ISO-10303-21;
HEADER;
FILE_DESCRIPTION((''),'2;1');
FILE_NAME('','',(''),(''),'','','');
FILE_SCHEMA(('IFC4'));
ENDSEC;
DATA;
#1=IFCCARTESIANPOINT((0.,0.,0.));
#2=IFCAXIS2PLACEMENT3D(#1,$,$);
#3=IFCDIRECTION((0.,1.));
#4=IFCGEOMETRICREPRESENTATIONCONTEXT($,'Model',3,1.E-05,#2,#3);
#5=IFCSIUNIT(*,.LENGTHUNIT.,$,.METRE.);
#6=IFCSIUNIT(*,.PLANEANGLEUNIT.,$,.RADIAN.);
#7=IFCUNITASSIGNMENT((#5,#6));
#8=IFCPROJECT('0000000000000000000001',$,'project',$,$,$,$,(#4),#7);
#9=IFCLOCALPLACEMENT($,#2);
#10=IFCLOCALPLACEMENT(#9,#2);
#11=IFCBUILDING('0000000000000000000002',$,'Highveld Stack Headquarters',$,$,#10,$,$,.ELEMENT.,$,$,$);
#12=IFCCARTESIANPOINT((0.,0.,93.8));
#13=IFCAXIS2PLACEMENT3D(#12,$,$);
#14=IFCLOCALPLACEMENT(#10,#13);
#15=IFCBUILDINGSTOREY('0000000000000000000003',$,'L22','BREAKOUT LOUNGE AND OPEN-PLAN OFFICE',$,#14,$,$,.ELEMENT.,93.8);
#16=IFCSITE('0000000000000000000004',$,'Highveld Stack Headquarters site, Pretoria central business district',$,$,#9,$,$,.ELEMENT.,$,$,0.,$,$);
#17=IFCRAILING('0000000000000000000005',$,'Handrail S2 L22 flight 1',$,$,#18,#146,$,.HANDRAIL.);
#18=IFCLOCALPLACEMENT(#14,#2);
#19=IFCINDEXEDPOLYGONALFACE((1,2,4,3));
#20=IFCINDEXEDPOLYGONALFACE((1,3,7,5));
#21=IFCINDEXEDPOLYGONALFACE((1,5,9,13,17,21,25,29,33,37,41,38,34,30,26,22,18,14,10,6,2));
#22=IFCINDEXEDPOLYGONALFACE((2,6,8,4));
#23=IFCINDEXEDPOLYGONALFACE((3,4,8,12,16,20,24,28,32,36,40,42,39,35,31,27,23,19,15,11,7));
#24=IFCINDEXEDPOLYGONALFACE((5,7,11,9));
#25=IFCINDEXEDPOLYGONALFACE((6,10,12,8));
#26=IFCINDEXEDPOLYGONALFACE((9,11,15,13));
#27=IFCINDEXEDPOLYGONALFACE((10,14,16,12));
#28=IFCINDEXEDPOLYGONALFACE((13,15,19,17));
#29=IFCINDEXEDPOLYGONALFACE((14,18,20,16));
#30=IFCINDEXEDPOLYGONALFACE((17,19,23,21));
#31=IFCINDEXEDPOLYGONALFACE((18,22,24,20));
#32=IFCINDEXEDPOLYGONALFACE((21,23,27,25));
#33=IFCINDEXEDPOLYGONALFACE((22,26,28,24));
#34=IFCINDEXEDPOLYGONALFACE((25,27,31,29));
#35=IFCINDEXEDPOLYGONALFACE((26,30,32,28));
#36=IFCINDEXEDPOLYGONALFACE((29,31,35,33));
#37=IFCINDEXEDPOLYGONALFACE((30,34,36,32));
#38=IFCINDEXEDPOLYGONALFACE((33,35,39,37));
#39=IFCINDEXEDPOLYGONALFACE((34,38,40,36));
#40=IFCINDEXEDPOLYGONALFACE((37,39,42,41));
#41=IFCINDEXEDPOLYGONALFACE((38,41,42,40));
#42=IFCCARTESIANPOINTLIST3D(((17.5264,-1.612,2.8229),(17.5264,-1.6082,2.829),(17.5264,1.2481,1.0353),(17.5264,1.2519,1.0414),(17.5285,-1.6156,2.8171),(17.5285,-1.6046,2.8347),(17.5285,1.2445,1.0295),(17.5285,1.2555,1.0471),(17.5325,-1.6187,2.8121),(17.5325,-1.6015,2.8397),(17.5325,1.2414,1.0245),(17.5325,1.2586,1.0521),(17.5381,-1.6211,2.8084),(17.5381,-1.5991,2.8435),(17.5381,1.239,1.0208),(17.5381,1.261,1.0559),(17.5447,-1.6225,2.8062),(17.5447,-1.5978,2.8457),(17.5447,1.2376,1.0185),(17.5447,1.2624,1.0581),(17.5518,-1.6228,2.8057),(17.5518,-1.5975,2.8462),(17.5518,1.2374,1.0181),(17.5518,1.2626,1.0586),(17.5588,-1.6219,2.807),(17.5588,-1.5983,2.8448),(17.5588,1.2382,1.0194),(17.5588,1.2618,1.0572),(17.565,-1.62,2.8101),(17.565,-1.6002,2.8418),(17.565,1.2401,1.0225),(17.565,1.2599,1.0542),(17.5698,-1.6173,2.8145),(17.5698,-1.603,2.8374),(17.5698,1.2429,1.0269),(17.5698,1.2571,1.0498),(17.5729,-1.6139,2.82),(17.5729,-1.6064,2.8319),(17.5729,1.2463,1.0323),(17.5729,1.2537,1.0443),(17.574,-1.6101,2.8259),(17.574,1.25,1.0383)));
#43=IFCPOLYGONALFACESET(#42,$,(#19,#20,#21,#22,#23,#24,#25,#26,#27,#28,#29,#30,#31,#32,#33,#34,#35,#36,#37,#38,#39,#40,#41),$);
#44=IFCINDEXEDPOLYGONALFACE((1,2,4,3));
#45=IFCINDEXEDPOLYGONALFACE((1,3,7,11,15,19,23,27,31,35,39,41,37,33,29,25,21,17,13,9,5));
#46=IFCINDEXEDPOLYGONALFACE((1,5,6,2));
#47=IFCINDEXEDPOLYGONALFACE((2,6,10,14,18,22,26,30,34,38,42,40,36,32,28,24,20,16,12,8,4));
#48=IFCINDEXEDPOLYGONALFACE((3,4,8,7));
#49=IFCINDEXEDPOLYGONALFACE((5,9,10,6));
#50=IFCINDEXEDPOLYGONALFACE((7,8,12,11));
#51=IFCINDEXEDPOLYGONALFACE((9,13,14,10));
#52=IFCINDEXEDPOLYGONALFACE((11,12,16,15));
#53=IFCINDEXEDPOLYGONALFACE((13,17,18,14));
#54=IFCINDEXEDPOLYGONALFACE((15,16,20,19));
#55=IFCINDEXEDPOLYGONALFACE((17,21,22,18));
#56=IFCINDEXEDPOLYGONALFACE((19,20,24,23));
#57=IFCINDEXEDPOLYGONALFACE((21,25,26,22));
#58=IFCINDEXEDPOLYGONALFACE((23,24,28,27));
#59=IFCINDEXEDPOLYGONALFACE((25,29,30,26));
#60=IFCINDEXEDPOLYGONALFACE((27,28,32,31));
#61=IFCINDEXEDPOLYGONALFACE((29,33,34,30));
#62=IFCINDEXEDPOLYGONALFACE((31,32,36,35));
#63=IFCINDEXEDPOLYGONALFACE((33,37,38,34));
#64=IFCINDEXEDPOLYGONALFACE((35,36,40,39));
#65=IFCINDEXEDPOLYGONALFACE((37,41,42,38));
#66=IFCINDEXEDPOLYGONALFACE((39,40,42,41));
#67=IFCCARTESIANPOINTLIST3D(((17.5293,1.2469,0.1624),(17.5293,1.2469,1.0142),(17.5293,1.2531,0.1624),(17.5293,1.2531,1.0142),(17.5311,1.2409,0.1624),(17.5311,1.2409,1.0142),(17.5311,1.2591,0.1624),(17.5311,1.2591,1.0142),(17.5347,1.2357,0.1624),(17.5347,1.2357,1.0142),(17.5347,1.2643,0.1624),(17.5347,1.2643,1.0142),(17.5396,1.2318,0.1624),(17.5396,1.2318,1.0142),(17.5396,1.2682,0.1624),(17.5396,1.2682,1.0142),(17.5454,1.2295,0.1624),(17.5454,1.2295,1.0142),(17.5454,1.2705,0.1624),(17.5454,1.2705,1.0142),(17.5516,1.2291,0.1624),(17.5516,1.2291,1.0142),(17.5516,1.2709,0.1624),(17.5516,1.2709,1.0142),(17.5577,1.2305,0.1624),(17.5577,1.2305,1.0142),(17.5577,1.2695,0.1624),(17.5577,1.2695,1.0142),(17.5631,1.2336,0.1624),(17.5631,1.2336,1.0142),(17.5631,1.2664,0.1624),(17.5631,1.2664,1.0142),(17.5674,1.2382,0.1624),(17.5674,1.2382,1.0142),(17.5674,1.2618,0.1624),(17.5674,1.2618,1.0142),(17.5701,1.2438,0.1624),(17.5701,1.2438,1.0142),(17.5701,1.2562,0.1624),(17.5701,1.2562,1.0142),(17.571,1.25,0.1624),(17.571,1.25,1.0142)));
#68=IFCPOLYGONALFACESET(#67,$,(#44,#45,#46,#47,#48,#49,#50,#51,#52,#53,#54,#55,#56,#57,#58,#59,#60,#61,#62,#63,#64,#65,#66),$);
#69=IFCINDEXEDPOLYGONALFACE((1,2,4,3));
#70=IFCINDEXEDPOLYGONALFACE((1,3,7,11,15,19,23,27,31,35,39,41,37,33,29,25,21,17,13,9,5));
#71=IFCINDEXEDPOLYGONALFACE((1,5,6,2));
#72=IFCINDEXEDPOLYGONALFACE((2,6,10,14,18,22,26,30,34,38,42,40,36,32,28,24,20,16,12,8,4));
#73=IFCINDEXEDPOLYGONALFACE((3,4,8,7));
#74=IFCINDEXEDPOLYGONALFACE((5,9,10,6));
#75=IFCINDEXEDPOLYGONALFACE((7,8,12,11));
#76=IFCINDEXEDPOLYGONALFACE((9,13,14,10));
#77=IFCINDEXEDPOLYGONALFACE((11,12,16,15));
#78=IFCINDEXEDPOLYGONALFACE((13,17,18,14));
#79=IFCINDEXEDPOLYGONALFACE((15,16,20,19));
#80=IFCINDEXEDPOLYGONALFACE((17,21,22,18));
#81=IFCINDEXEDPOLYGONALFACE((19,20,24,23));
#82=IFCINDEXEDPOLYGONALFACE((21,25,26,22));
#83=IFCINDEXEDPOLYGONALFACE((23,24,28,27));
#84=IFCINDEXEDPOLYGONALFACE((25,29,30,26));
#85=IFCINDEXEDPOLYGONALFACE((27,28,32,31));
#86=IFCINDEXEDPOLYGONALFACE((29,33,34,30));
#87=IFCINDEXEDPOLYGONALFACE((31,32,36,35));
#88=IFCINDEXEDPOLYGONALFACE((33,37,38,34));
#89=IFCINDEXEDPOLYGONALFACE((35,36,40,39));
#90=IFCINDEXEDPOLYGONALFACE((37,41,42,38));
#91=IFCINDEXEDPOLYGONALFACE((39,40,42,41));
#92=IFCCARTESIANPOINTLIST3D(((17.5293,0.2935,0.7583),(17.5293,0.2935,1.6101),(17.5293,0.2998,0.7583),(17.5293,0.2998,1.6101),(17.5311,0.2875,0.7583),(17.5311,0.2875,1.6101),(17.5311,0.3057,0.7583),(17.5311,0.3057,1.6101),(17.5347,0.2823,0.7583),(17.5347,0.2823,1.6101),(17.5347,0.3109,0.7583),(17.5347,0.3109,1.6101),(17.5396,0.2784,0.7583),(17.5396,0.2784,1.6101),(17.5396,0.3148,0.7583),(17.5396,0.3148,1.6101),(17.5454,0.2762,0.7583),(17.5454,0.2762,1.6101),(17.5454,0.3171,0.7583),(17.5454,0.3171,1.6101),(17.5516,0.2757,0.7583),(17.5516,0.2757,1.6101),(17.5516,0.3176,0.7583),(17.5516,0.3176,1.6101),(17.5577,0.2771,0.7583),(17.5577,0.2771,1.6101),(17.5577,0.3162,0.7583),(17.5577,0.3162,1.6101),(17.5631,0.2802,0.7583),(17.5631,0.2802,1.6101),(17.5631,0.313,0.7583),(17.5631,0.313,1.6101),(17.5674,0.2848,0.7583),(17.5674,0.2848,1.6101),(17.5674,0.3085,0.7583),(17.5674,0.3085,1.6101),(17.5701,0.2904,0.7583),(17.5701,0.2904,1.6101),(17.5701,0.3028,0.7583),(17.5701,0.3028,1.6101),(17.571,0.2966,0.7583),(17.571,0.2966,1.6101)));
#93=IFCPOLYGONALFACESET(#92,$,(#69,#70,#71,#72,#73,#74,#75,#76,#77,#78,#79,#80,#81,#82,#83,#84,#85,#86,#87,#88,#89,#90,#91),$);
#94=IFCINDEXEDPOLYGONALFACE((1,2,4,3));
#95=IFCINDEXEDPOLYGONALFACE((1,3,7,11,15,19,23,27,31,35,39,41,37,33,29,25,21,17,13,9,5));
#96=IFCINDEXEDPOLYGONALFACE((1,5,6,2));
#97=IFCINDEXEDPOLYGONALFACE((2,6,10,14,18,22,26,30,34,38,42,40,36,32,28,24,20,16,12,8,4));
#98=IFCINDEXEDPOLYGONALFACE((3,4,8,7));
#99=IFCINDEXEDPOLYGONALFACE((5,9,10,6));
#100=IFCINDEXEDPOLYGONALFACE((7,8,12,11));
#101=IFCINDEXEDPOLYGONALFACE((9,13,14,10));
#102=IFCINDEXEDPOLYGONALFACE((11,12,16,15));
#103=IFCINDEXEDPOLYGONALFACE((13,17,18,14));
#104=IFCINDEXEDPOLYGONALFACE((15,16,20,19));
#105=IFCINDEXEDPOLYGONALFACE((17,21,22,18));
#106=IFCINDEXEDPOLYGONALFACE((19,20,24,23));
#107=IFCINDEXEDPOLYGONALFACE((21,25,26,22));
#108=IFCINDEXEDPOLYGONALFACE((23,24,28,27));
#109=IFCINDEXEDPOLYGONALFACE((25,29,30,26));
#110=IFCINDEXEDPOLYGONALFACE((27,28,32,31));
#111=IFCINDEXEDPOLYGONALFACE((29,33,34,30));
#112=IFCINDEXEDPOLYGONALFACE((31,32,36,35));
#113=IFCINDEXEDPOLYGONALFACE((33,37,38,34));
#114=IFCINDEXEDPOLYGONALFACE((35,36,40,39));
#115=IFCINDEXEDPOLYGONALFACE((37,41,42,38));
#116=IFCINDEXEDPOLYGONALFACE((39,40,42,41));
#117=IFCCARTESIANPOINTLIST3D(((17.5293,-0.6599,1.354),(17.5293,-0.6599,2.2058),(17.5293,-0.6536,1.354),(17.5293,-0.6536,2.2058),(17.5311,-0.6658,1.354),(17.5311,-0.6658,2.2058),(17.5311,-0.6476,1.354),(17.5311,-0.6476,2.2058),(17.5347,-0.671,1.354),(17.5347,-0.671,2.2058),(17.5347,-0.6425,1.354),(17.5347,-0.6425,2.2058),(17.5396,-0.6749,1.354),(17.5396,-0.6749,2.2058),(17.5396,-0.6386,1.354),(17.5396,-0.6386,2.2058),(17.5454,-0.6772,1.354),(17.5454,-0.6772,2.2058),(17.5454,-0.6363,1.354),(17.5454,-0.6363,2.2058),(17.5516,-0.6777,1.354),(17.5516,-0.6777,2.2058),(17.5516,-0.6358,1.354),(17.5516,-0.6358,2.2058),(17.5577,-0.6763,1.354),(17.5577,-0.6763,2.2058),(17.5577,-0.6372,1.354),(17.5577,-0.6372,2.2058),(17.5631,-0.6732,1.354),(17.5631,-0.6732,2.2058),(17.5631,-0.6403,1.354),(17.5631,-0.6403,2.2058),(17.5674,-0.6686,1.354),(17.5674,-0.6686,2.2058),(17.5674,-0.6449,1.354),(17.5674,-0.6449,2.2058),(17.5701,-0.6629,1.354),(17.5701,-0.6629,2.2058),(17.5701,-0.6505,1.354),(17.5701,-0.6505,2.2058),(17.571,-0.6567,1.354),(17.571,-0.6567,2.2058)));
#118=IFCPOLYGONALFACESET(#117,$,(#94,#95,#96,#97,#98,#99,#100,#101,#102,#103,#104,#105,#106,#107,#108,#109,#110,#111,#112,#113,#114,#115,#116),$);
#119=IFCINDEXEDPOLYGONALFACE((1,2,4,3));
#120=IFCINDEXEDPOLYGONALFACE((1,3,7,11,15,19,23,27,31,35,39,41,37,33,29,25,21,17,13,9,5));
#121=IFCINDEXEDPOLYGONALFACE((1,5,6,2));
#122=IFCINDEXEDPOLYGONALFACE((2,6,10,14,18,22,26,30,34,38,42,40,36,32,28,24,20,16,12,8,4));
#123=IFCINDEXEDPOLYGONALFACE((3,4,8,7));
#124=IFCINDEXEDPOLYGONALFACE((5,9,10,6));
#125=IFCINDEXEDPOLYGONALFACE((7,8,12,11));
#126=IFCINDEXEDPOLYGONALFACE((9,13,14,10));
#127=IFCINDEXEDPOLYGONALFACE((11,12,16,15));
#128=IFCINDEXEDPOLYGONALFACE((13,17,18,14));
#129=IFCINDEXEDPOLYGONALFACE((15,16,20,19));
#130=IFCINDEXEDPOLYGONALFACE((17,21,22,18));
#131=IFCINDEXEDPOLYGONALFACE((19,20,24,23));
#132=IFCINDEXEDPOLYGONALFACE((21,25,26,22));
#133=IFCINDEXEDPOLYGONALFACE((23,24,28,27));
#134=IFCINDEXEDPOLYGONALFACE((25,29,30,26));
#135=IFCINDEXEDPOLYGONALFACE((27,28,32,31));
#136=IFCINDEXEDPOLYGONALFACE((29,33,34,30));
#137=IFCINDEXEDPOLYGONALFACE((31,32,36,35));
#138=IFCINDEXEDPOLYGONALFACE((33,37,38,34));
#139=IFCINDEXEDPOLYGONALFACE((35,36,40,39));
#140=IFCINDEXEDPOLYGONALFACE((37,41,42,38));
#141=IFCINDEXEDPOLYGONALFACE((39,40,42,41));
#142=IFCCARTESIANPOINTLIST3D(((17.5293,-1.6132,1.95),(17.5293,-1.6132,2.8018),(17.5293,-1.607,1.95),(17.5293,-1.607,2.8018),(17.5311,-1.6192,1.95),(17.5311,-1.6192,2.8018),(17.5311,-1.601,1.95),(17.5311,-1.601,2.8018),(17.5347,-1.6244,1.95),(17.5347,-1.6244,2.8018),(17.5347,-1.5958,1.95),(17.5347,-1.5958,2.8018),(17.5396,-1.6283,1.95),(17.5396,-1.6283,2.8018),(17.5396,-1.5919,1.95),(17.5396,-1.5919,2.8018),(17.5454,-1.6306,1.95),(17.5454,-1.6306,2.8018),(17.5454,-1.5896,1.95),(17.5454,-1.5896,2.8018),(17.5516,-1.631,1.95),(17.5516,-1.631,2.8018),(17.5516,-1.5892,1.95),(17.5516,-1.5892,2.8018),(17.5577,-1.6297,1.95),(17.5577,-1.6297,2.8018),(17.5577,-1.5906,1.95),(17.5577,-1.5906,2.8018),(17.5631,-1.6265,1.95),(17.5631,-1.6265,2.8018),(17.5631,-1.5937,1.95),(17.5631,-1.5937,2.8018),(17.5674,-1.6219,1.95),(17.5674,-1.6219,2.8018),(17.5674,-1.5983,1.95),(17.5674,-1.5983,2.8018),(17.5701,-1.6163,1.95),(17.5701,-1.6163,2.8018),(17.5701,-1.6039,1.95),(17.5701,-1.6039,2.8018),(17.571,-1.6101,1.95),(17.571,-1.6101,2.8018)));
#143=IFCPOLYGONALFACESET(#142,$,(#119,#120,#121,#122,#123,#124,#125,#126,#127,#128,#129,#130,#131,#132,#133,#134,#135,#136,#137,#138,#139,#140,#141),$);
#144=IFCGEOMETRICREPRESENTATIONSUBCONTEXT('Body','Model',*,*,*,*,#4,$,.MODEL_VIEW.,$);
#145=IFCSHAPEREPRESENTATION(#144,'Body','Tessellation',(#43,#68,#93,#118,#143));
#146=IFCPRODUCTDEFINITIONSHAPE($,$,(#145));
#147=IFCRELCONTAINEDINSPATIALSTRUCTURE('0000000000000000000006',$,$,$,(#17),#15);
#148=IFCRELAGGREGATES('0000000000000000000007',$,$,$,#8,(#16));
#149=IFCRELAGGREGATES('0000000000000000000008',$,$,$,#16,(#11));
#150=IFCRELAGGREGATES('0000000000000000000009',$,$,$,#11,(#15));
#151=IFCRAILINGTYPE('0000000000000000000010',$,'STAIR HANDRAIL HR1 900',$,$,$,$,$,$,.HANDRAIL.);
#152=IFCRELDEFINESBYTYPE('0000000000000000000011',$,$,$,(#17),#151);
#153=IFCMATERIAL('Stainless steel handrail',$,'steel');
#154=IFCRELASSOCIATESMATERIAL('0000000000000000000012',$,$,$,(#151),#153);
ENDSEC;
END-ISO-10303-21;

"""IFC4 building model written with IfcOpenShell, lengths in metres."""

from ifc_helpers import new_model, si_unit, direction, frame, origin, origin_2d, place, context, subcontext, project, spatial, circle, extrude, material, type_object, element, save


model = new_model("IFC4")

# Units and contexts
model_context = context("Model", 3, precision=1e-05, world=origin(), true_north=direction((0.0, 1.0)))
body_context = subcontext(model_context, "Body", "Model", "MODEL_VIEW")
ifc_project = project(units=[si_unit("LENGTHUNIT", "METRE"), si_unit("PLANEANGLEUNIT", "RADIAN")], contexts=[model_context])

# Site, building, storey
site_placement = place(None, origin())
site = spatial("IfcSite", under=ifc_project, at=site_placement, Name="Highveld Stack Headquarters site, Pretoria central business district", CompositionType="ELEMENT", RefElevation=0.0)
building_placement = place(site_placement, origin())
building = spatial("IfcBuilding", under=site, at=building_placement, Name="Highveld Stack Headquarters", CompositionType="ELEMENT")
storey_placement = place(building_placement, frame((0.0, 0.0, 93.8)))
storey = spatial("IfcBuildingStorey", under=building, at=storey_placement, Name="L22", Description="BREAKOUT LOUNGE AND OPEN-PLAN OFFICE", CompositionType="ELEMENT", Elevation=93.8)

# Railing
ifc_material_1 = material(Name="Stainless steel handrail", Category="steel")
railing_type = type_object("IfcRailingType", Name="STAIR HANDRAIL HR1 900", PredefinedType="HANDRAIL", material=ifc_material_1)
for number, where, name in (
    (1, (17.55, 1.25, 0.1624), "Handrail S2 L22 flight 1"),
):
    element("IfcRailing", number, at=place(storey_placement, frame(where)), inside=storey, type_object=railing_type, Name=name, PredefinedType="HANDRAIL", context=body_context, shape_type="SweptSolid", body=[
        extrude(circle(Radius=0.0239, at=origin_2d()), frame((0.0, 0.0, 0.876), z_axis=(0.0, -0.847994, 0.530005), x_axis=(1.0, 0.0, 0.0)), (0.0, 0.0, 1.0), 3.3728),
        extrude(circle(Radius=0.021, at=origin_2d()), origin(), (0.0, 0.0, 1.0), 0.8518),
        extrude(circle(Radius=0.021, at=origin_2d()), frame((0.0, -0.9534, 0.5959)), (0.0, 0.0, 1.0), 0.8518),
        extrude(circle(Radius=0.021, at=origin_2d()), frame((0.0, -1.9067, 1.1917)), (0.0, 0.0, 1.0), 0.8518),
        extrude(circle(Radius=0.021, at=origin_2d()), frame((0.0, -2.8601, 1.7876)), (0.0, 0.0, 1.0), 0.8518),
    ])

save(model, "model.ifc")
